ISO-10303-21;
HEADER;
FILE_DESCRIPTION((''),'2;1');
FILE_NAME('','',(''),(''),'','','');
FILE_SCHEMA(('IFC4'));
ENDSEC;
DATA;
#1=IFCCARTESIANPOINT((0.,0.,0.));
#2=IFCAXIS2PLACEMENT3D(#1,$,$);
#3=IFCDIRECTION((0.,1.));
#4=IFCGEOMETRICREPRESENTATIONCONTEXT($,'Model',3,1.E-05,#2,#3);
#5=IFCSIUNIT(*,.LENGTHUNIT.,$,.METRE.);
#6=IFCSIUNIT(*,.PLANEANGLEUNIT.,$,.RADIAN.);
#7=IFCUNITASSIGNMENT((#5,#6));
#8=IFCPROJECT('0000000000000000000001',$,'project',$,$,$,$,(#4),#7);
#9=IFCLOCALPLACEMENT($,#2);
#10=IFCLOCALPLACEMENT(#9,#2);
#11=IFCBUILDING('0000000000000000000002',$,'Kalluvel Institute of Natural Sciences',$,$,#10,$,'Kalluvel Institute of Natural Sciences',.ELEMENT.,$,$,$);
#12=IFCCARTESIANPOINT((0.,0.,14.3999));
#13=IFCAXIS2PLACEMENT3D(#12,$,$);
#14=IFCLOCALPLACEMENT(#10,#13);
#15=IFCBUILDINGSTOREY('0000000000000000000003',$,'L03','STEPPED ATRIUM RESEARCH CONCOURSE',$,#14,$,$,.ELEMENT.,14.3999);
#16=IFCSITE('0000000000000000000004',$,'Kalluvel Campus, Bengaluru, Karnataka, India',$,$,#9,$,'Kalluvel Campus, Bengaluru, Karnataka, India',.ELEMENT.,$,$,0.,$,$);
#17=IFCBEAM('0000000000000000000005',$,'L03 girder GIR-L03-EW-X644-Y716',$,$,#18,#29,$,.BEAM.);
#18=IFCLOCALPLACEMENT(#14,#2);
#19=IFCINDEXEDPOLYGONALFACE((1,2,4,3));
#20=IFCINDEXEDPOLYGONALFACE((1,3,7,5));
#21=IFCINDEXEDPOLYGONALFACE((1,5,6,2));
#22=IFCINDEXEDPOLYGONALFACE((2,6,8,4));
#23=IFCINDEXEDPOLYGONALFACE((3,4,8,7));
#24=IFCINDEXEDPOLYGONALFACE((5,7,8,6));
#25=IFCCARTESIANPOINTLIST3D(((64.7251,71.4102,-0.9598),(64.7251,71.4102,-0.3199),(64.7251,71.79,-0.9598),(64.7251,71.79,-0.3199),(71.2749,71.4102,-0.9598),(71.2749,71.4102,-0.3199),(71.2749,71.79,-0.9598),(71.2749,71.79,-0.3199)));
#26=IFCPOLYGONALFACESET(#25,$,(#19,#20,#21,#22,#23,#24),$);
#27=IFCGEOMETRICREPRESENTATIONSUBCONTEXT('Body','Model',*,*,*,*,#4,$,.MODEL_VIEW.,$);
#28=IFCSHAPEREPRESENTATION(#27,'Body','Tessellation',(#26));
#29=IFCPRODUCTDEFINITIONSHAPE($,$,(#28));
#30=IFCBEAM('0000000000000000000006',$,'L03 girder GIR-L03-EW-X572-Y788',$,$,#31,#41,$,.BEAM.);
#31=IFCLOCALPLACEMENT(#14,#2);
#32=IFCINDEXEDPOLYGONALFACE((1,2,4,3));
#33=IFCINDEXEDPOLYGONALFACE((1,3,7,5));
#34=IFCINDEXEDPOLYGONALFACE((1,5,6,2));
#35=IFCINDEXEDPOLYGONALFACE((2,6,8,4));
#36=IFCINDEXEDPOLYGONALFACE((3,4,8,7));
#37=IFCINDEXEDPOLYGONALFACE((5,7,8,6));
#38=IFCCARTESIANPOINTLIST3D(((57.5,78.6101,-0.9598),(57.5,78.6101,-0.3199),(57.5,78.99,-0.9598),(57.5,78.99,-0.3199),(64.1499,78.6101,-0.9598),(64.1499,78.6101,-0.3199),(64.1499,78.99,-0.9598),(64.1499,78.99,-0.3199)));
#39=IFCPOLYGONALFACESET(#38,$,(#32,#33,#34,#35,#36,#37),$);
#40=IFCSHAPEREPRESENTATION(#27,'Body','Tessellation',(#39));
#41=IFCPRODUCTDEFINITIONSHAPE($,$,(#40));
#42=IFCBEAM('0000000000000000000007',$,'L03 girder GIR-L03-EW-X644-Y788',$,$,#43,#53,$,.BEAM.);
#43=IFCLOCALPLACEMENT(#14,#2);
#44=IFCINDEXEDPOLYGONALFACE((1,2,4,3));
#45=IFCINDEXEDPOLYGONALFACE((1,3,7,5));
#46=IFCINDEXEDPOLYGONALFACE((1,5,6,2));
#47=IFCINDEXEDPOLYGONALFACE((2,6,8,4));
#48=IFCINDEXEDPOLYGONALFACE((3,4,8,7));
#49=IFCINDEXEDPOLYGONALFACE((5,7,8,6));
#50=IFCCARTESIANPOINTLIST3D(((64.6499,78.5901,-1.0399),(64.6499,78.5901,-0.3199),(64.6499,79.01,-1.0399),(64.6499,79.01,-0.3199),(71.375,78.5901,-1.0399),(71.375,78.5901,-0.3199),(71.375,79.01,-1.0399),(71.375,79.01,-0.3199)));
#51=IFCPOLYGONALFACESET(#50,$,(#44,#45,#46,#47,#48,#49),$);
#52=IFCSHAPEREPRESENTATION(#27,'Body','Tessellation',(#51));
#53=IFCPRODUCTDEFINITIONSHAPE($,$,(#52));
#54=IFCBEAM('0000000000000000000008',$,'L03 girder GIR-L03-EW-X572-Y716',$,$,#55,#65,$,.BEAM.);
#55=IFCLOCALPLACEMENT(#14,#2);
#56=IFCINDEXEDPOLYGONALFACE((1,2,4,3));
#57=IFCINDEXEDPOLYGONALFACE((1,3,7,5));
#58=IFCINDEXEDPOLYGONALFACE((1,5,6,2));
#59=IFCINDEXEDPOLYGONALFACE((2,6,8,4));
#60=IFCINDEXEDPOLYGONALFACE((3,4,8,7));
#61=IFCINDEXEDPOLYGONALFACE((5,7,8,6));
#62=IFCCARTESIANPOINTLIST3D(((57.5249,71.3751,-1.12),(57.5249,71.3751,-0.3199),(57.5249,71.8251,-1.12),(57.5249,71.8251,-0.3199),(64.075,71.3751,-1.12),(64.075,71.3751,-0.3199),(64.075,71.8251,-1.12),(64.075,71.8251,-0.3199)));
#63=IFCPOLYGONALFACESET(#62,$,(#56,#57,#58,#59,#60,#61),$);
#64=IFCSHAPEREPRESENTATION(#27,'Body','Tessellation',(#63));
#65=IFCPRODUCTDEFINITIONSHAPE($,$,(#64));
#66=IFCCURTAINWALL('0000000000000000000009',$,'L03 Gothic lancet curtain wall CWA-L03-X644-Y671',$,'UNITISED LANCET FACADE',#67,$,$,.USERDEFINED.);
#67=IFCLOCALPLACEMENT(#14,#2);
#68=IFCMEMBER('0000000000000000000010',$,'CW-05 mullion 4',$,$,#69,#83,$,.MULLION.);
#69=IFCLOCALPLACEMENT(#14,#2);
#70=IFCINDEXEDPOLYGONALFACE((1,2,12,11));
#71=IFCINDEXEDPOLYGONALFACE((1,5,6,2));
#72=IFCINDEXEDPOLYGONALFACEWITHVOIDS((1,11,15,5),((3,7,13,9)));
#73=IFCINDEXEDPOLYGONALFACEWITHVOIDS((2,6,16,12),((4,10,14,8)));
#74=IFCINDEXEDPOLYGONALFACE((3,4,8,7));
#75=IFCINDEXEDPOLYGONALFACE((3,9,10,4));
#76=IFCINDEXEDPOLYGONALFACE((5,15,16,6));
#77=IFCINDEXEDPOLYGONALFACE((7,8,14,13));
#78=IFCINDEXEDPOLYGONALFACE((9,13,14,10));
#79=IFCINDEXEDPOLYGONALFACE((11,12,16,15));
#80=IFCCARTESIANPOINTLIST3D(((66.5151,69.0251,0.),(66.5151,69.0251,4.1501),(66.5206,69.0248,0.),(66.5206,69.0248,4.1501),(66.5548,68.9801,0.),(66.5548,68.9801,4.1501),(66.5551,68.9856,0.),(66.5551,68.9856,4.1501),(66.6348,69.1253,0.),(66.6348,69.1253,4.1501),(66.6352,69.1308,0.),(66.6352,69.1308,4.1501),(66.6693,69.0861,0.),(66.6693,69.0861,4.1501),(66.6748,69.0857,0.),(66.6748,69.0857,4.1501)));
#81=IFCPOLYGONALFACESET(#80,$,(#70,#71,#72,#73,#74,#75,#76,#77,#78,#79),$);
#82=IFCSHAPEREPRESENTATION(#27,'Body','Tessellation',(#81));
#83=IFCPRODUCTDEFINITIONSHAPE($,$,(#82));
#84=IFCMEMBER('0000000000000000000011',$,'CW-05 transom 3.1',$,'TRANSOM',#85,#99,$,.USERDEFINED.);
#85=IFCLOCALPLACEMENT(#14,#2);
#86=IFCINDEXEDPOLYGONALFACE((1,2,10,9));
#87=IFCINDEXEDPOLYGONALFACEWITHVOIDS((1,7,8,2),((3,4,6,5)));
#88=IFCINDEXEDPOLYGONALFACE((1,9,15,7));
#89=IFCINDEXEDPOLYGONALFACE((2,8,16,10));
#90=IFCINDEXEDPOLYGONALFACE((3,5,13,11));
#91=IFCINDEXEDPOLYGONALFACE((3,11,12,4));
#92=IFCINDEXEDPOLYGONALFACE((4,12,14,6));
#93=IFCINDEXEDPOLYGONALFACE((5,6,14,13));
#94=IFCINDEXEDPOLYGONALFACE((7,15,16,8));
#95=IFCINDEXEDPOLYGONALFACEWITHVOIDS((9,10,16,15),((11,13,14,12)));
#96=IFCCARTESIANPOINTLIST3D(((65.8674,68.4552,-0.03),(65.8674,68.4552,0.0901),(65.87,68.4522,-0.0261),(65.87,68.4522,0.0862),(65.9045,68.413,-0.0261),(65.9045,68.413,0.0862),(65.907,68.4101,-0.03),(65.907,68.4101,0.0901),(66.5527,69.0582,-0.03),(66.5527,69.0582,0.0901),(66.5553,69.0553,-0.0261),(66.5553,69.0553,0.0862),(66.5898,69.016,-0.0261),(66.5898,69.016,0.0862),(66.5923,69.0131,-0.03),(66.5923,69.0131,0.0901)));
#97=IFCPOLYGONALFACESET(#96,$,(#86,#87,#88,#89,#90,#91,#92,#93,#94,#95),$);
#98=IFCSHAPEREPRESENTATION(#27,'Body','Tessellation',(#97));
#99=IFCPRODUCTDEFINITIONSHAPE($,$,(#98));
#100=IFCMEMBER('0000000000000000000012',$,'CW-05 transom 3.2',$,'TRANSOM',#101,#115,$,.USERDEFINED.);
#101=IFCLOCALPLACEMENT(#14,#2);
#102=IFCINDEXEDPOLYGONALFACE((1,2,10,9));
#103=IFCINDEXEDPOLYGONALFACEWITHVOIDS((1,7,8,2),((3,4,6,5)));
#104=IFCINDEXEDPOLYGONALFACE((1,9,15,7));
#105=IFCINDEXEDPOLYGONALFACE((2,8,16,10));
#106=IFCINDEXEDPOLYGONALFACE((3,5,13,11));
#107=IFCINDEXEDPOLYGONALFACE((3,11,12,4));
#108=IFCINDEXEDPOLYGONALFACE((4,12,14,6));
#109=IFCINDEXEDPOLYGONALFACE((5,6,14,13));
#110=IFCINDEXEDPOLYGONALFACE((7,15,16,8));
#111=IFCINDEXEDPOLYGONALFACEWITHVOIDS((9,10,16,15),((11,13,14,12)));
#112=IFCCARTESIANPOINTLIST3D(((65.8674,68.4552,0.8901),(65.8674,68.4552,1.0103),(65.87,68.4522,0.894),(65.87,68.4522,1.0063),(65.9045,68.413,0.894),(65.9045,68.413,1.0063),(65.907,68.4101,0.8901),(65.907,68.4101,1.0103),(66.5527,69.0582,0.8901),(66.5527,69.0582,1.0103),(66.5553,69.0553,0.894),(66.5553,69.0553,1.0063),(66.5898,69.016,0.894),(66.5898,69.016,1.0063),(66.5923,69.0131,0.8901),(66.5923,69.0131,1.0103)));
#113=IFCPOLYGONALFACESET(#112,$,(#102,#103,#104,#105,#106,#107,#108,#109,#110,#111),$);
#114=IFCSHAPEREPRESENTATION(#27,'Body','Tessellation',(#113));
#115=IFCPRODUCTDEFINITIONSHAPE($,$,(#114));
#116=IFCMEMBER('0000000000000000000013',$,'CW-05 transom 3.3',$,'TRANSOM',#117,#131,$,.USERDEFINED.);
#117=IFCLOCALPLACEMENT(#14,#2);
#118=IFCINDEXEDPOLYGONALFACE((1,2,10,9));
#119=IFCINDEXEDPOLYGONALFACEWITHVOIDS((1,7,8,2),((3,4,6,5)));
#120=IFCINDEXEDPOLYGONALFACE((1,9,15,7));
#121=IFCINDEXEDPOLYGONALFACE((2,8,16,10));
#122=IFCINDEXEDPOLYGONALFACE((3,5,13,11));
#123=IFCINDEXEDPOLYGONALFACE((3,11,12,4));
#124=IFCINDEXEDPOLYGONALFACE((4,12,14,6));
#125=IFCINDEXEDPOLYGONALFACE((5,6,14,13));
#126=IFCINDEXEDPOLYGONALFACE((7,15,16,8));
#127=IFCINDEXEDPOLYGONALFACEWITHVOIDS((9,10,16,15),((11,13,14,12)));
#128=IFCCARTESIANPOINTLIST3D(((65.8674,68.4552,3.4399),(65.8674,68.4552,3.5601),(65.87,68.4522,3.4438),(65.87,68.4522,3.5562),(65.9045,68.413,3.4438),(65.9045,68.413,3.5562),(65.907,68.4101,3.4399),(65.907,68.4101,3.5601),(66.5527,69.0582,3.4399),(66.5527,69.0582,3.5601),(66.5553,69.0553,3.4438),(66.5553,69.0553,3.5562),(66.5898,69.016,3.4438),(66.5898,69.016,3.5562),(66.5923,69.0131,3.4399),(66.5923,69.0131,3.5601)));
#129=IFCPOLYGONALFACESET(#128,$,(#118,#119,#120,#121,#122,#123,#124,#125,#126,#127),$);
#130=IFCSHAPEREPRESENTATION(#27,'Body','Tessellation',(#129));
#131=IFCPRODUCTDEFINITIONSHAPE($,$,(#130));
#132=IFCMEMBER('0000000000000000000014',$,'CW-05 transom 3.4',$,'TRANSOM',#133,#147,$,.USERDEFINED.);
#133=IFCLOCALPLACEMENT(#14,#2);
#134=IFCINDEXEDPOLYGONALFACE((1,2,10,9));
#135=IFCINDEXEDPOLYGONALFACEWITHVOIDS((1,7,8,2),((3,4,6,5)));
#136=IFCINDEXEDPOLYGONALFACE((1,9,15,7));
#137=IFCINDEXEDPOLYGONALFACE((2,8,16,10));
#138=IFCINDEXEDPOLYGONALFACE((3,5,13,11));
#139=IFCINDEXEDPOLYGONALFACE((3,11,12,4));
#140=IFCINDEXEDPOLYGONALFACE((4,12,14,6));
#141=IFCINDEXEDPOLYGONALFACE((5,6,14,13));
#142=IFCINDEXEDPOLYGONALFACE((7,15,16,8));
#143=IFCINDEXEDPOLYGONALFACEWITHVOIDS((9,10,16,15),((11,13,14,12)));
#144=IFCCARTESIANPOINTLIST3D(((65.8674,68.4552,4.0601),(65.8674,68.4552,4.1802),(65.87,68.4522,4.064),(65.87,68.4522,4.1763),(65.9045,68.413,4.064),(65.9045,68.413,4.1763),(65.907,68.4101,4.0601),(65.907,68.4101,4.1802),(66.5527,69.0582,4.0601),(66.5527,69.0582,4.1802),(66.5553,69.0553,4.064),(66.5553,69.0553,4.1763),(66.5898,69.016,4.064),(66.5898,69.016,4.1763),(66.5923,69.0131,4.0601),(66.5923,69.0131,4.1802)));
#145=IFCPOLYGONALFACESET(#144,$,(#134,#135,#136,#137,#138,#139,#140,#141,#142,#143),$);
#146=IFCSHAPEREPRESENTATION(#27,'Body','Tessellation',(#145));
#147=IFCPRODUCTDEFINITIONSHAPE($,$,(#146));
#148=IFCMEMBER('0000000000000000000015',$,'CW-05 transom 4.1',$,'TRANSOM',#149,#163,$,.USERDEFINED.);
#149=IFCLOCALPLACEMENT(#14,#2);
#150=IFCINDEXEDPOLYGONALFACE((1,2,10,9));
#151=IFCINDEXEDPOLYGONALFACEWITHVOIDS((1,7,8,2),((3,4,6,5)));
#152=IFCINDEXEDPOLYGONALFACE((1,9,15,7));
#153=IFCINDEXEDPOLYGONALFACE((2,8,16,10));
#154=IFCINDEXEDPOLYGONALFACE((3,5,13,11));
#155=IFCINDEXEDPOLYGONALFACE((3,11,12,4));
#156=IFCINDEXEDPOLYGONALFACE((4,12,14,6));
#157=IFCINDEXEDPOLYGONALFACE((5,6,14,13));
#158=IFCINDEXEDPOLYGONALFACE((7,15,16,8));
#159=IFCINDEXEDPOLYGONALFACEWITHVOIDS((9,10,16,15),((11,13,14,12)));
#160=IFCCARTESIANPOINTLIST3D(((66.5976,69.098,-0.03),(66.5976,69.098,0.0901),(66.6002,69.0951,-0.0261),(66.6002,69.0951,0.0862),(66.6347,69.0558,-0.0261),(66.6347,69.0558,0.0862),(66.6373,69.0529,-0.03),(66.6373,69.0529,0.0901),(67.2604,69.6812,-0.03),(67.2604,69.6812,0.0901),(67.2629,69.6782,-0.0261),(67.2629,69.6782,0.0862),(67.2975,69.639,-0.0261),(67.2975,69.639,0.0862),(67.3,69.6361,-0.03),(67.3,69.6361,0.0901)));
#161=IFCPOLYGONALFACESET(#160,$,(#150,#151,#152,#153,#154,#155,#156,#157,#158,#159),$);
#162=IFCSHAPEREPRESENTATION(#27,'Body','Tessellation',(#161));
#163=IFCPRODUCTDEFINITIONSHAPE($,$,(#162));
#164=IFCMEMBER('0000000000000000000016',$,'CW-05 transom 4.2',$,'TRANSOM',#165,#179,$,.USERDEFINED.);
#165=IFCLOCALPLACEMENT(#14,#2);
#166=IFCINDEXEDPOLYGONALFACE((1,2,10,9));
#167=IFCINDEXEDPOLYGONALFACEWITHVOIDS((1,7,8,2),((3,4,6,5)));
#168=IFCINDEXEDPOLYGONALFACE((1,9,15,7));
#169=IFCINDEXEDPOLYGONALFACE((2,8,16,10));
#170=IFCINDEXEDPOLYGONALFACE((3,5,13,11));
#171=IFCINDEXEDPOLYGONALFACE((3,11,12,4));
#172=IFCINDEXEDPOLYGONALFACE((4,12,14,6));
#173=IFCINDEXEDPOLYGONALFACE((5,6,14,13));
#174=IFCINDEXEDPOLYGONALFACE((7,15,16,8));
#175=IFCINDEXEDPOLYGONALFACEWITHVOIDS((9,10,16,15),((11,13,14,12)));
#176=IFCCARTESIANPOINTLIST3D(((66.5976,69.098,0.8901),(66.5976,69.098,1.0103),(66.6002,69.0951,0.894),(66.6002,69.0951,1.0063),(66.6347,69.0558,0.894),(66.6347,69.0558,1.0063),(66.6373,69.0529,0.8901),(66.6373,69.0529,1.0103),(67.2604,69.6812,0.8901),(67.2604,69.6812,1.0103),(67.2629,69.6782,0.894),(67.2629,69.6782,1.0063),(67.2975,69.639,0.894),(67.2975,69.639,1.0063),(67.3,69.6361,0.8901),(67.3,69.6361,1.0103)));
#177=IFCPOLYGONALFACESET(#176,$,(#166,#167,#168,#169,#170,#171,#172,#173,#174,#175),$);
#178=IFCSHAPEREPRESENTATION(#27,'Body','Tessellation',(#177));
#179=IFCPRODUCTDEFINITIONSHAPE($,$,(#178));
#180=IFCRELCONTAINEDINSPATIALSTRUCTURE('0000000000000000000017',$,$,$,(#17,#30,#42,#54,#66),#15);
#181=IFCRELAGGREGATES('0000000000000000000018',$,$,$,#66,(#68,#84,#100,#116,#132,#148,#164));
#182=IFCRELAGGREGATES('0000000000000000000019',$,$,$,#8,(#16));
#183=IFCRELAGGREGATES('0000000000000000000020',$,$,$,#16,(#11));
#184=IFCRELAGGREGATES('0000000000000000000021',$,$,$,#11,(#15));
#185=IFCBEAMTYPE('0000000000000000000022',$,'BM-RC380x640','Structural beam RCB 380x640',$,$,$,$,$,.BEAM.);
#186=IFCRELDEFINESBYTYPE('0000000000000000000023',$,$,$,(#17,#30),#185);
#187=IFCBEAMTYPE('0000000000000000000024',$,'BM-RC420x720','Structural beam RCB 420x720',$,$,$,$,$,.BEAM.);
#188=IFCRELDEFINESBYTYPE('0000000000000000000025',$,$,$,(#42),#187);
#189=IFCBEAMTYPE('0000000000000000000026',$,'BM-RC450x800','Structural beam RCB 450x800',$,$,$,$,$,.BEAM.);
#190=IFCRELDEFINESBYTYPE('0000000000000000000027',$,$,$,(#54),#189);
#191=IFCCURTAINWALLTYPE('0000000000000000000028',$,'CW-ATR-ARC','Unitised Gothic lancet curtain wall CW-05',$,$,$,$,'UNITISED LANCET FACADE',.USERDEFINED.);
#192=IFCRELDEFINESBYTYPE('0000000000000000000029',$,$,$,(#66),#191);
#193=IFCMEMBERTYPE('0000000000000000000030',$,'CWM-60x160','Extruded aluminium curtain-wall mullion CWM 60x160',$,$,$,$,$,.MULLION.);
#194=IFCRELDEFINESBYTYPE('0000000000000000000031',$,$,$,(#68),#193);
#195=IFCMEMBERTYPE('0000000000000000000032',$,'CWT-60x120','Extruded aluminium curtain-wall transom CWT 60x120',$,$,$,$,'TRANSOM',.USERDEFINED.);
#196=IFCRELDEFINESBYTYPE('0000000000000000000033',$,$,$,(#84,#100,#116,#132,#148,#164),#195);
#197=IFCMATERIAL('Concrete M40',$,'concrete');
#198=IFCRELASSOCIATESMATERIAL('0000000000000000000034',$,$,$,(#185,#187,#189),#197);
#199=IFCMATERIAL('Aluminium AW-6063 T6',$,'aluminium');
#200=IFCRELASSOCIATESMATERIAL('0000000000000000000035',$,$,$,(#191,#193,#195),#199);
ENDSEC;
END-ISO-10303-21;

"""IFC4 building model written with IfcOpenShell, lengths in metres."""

from ifc_helpers import new_model, si_unit, direction, frame, origin, origin_2d, place, context, subcontext, project, spatial, rectangle, hollow_rectangle, extrude, material, material_profile, profile_set, type_object, element, aggregate, save


model = new_model("IFC4")

# Units and contexts
model_context = context("Model", 3, precision=1e-05, world=origin(), true_north=direction((0.0, 1.0)))
body_context = subcontext(model_context, "Body", "Model", "MODEL_VIEW")
ifc_project = project(units=[si_unit("LENGTHUNIT", "METRE"), si_unit("PLANEANGLEUNIT", "RADIAN")], contexts=[model_context])

# Site, building, storey
site_placement = place(None, origin())
site = spatial("IfcSite", under=ifc_project, at=site_placement, Name="Kalluvel Campus, Bengaluru, Karnataka, India", LongName="Kalluvel Campus, Bengaluru, Karnataka, India", CompositionType="ELEMENT", RefElevation=0.0)
building_placement = place(site_placement, origin())
building = spatial("IfcBuilding", under=site, at=building_placement, Name="Kalluvel Institute of Natural Sciences", LongName="Kalluvel Institute of Natural Sciences", CompositionType="ELEMENT")
storey_placement = place(building_placement, frame((0.0, 0.0, 14.3999)))
storey = spatial("IfcBuildingStorey", under=building, at=storey_placement, Name="L03", Description="STEPPED ATRIUM RESEARCH CONCOURSE", CompositionType="ELEMENT", Elevation=14.3999)

# Shared definitions
ifc_material_1 = material(Name="Concrete M40", Category="concrete")

# Beams
ifc_material_profile_1 = material_profile(ifc_material_1, rectangle(XDim=0.3799, YDim=0.6399, at=origin_2d()), Name="RCB 380x640")
ifc_profile_set_1 = profile_set([ifc_material_profile_1], Name="Concrete M40")
beam_type_1 = type_object("IfcBeamType", Name="BM-RC380x640", Description="Structural beam RCB 380x640", PredefinedType="BEAM", material=ifc_profile_set_1)
beam_1_placement = place(storey_placement, frame((64.7251, 71.6001, -0.6399), z_axis=(1.0, 0.0, 0.0), x_axis=(0.0, 1.0, 0.0)))
element("IfcBeam", 1, at=beam_1_placement, inside=storey, type_object=beam_type_1, Name="L03 girder GIR-L03-EW-X644-Y716", PredefinedType="BEAM", context=body_context, shape_type="SweptSolid", body=[
    extrude(rectangle(XDim=0.3799, YDim=0.6399, at=origin_2d()), origin(), (0.0, 0.0, 1.0), 6.5498),
])
beam_2_placement = place(storey_placement, frame((57.5, 78.8, -0.6399), z_axis=(1.0, 0.0, 0.0), x_axis=(0.0, 1.0, 0.0)))
element("IfcBeam", 2, at=beam_2_placement, inside=storey, type_object=beam_type_1, Name="L03 girder GIR-L03-EW-X572-Y788", PredefinedType="BEAM", context=body_context, shape_type="SweptSolid", body=[
    extrude(rectangle(XDim=0.3799, YDim=0.6399, at=origin_2d()), origin(), (0.0, 0.0, 1.0), 6.6499),
])
ifc_material_profile_2 = material_profile(ifc_material_1, rectangle(XDim=0.4199, YDim=0.72, at=origin_2d()), Name="RCB 420x720")
ifc_profile_set_2 = profile_set([ifc_material_profile_2], Name="Concrete M40")
beam_type_2 = type_object("IfcBeamType", Name="BM-RC420x720", Description="Structural beam RCB 420x720", PredefinedType="BEAM", material=ifc_profile_set_2)
beam_3_placement = place(storey_placement, frame((64.6499, 78.8, -0.6799), z_axis=(1.0, 0.0, 0.0), x_axis=(0.0, 1.0, 0.0)))
element("IfcBeam", 3, at=beam_3_placement, inside=storey, type_object=beam_type_2, Name="L03 girder GIR-L03-EW-X644-Y788", PredefinedType="BEAM", context=body_context, shape_type="SweptSolid", body=[
    extrude(rectangle(XDim=0.4199, YDim=0.72, at=origin_2d()), origin(), (0.0, 0.0, 1.0), 6.7251),
])
ifc_material_profile_3 = material_profile(ifc_material_1, rectangle(XDim=0.45, YDim=0.8, at=origin_2d()), Name="RCB 450x800")
ifc_profile_set_3 = profile_set([ifc_material_profile_3], Name="Concrete M40")
beam_type_3 = type_object("IfcBeamType", Name="BM-RC450x800", Description="Structural beam RCB 450x800", PredefinedType="BEAM", material=ifc_profile_set_3)
beam_4_placement = place(storey_placement, frame((57.5249, 71.6001, -0.72), z_axis=(1.0, 0.0, 0.0), x_axis=(0.0, 1.0, 0.0)))
element("IfcBeam", 4, at=beam_4_placement, inside=storey, type_object=beam_type_3, Name="L03 girder GIR-L03-EW-X572-Y716", PredefinedType="BEAM", context=body_context, shape_type="SweptSolid", body=[
    extrude(rectangle(XDim=0.45, YDim=0.8, at=origin_2d()), origin(), (0.0, 0.0, 1.0), 6.55),
])

# Curtain wall, members
ifc_material_2 = material(Name="Aluminium AW-6063 T6", Category="aluminium")
curtain_wall_type = type_object("IfcCurtainWallType", Name="CW-ATR-ARC", Description="Unitised Gothic lancet curtain wall CW-05", ElementType="UNITISED LANCET FACADE", PredefinedType="USERDEFINED", material=ifc_material_2)
curtain_wall_placement = place(storey_placement, origin())
curtain_wall = element("IfcCurtainWall", 5, at=curtain_wall_placement, inside=storey, type_object=curtain_wall_type, Name="L03 Gothic lancet curtain wall CWA-L03-X644-Y671", ObjectType="UNITISED LANCET FACADE", PredefinedType="USERDEFINED")
ifc_material_profile_4 = material_profile(ifc_material_2, hollow_rectangle(XDim=0.0601, YDim=0.1599, WallThickness=0.0039, at=origin_2d()), Name="CWM 60x160")
ifc_profile_set_4 = profile_set([ifc_material_profile_4], Name="Aluminium AW-6063 T6")
member_type_1 = type_object("IfcMemberType", Name="CWM-60x160", Description="Extruded aluminium curtain-wall mullion CWM 60x160", PredefinedType="MULLION", material=ifc_profile_set_4)
member_1_placement = place(storey_placement, frame((66.595, 69.0554, 0.0), z_axis=(0.0, 0.0, 1.0), x_axis=(-0.660668, 0.750678, 0.0)))
member_1 = element("IfcMember", 6, at=member_1_placement, type_object=member_type_1, Name="CW-05 mullion 4", PredefinedType="MULLION", context=body_context, shape_type="SweptSolid", body=[
    extrude(hollow_rectangle(XDim=0.0601, YDim=0.1599, WallThickness=0.0039, at=origin_2d()), origin(), (0.0, 0.0, 1.0), 4.1501),
])
ifc_material_profile_5 = material_profile(ifc_material_2, hollow_rectangle(XDim=0.0601, YDim=0.1201, WallThickness=0.0039, at=origin_2d()), Name="CWT 60x120")
ifc_profile_set_5 = profile_set([ifc_material_profile_5], Name="Aluminium AW-6063 T6")
member_type_2 = type_object("IfcMemberType", Name="CWT-60x120", Description="Extruded aluminium curtain-wall transom CWT 60x120", ElementType="TRANSOM", PredefinedType="USERDEFINED", material=ifc_profile_set_5)
member_2_placement = place(storey_placement, frame((65.8872, 68.4326, 0.03), z_axis=(0.750735, 0.660604, 0.0), x_axis=(-0.660604, 0.750735, 0.0)))
member_2 = element("IfcMember", 7, at=member_2_placement, type_object=member_type_2, Name="CW-05 transom 3.1", ObjectType="TRANSOM", PredefinedType="USERDEFINED", context=body_context, shape_type="SweptSolid", body=[
    extrude(hollow_rectangle(XDim=0.0601, YDim=0.1201, WallThickness=0.0039, at=origin_2d()), origin(), (0.0, 0.0, 1.0), 0.9128),
])
member_3_placement = place(storey_placement, frame((65.8872, 68.4326, 0.9502), z_axis=(0.750735, 0.660604, 0.0), x_axis=(-0.660604, 0.750735, 0.0)))
member_3 = element("IfcMember", 8, at=member_3_placement, type_object=member_type_2, Name="CW-05 transom 3.2", ObjectType="TRANSOM", PredefinedType="USERDEFINED", context=body_context, shape_type="SweptSolid", body=[
    extrude(hollow_rectangle(XDim=0.0601, YDim=0.1201, WallThickness=0.0039, at=origin_2d()), origin(), (0.0, 0.0, 1.0), 0.9128),
])
member_4_placement = place(storey_placement, frame((65.8872, 68.4326, 3.5), z_axis=(0.750735, 0.660604, 0.0), x_axis=(-0.660604, 0.750735, 0.0)))
member_4 = element("IfcMember", 9, at=member_4_placement, type_object=member_type_2, Name="CW-05 transom 3.3", ObjectType="TRANSOM", PredefinedType="USERDEFINED", context=body_context, shape_type="SweptSolid", body=[
    extrude(hollow_rectangle(XDim=0.0601, YDim=0.1201, WallThickness=0.0039, at=origin_2d()), origin(), (0.0, 0.0, 1.0), 0.9128),
])
member_5_placement = place(storey_placement, frame((65.8872, 68.4326, 4.1201), z_axis=(0.750735, 0.660604, 0.0), x_axis=(-0.660604, 0.750735, 0.0)))
member_5 = element("IfcMember", 10, at=member_5_placement, type_object=member_type_2, Name="CW-05 transom 3.4", ObjectType="TRANSOM", PredefinedType="USERDEFINED", context=body_context, shape_type="SweptSolid", body=[
    extrude(hollow_rectangle(XDim=0.0601, YDim=0.1201, WallThickness=0.0039, at=origin_2d()), origin(), (0.0, 0.0, 1.0), 0.9128),
])
member_6_placement = place(storey_placement, frame((66.6174, 69.0754, 0.03), z_axis=(0.750741, 0.660597, 0.0), x_axis=(-0.660597, 0.750741, 0.0)))
member_6 = element("IfcMember", 11, at=member_6_placement, type_object=member_type_2, Name="CW-05 transom 4.1", ObjectType="TRANSOM", PredefinedType="USERDEFINED", context=body_context, shape_type="SweptSolid", body=[
    extrude(hollow_rectangle(XDim=0.0601, YDim=0.1201, WallThickness=0.0039, at=origin_2d()), origin(), (0.0, 0.0, 1.0), 0.8828),
])
member_7_placement = place(storey_placement, frame((66.6174, 69.0754, 0.9502), z_axis=(0.750741, 0.660597, 0.0), x_axis=(-0.660597, 0.750741, 0.0)))
member_7 = element("IfcMember", 12, at=member_7_placement, type_object=member_type_2, Name="CW-05 transom 4.2", ObjectType="TRANSOM", PredefinedType="USERDEFINED", context=body_context, shape_type="SweptSolid", body=[
    extrude(hollow_rectangle(XDim=0.0601, YDim=0.1201, WallThickness=0.0039, at=origin_2d()), origin(), (0.0, 0.0, 1.0), 0.8828),
])
aggregate(curtain_wall, [member_1, member_2, member_3, member_4, member_5, member_6, member_7])

save(model, "model.ifc")
